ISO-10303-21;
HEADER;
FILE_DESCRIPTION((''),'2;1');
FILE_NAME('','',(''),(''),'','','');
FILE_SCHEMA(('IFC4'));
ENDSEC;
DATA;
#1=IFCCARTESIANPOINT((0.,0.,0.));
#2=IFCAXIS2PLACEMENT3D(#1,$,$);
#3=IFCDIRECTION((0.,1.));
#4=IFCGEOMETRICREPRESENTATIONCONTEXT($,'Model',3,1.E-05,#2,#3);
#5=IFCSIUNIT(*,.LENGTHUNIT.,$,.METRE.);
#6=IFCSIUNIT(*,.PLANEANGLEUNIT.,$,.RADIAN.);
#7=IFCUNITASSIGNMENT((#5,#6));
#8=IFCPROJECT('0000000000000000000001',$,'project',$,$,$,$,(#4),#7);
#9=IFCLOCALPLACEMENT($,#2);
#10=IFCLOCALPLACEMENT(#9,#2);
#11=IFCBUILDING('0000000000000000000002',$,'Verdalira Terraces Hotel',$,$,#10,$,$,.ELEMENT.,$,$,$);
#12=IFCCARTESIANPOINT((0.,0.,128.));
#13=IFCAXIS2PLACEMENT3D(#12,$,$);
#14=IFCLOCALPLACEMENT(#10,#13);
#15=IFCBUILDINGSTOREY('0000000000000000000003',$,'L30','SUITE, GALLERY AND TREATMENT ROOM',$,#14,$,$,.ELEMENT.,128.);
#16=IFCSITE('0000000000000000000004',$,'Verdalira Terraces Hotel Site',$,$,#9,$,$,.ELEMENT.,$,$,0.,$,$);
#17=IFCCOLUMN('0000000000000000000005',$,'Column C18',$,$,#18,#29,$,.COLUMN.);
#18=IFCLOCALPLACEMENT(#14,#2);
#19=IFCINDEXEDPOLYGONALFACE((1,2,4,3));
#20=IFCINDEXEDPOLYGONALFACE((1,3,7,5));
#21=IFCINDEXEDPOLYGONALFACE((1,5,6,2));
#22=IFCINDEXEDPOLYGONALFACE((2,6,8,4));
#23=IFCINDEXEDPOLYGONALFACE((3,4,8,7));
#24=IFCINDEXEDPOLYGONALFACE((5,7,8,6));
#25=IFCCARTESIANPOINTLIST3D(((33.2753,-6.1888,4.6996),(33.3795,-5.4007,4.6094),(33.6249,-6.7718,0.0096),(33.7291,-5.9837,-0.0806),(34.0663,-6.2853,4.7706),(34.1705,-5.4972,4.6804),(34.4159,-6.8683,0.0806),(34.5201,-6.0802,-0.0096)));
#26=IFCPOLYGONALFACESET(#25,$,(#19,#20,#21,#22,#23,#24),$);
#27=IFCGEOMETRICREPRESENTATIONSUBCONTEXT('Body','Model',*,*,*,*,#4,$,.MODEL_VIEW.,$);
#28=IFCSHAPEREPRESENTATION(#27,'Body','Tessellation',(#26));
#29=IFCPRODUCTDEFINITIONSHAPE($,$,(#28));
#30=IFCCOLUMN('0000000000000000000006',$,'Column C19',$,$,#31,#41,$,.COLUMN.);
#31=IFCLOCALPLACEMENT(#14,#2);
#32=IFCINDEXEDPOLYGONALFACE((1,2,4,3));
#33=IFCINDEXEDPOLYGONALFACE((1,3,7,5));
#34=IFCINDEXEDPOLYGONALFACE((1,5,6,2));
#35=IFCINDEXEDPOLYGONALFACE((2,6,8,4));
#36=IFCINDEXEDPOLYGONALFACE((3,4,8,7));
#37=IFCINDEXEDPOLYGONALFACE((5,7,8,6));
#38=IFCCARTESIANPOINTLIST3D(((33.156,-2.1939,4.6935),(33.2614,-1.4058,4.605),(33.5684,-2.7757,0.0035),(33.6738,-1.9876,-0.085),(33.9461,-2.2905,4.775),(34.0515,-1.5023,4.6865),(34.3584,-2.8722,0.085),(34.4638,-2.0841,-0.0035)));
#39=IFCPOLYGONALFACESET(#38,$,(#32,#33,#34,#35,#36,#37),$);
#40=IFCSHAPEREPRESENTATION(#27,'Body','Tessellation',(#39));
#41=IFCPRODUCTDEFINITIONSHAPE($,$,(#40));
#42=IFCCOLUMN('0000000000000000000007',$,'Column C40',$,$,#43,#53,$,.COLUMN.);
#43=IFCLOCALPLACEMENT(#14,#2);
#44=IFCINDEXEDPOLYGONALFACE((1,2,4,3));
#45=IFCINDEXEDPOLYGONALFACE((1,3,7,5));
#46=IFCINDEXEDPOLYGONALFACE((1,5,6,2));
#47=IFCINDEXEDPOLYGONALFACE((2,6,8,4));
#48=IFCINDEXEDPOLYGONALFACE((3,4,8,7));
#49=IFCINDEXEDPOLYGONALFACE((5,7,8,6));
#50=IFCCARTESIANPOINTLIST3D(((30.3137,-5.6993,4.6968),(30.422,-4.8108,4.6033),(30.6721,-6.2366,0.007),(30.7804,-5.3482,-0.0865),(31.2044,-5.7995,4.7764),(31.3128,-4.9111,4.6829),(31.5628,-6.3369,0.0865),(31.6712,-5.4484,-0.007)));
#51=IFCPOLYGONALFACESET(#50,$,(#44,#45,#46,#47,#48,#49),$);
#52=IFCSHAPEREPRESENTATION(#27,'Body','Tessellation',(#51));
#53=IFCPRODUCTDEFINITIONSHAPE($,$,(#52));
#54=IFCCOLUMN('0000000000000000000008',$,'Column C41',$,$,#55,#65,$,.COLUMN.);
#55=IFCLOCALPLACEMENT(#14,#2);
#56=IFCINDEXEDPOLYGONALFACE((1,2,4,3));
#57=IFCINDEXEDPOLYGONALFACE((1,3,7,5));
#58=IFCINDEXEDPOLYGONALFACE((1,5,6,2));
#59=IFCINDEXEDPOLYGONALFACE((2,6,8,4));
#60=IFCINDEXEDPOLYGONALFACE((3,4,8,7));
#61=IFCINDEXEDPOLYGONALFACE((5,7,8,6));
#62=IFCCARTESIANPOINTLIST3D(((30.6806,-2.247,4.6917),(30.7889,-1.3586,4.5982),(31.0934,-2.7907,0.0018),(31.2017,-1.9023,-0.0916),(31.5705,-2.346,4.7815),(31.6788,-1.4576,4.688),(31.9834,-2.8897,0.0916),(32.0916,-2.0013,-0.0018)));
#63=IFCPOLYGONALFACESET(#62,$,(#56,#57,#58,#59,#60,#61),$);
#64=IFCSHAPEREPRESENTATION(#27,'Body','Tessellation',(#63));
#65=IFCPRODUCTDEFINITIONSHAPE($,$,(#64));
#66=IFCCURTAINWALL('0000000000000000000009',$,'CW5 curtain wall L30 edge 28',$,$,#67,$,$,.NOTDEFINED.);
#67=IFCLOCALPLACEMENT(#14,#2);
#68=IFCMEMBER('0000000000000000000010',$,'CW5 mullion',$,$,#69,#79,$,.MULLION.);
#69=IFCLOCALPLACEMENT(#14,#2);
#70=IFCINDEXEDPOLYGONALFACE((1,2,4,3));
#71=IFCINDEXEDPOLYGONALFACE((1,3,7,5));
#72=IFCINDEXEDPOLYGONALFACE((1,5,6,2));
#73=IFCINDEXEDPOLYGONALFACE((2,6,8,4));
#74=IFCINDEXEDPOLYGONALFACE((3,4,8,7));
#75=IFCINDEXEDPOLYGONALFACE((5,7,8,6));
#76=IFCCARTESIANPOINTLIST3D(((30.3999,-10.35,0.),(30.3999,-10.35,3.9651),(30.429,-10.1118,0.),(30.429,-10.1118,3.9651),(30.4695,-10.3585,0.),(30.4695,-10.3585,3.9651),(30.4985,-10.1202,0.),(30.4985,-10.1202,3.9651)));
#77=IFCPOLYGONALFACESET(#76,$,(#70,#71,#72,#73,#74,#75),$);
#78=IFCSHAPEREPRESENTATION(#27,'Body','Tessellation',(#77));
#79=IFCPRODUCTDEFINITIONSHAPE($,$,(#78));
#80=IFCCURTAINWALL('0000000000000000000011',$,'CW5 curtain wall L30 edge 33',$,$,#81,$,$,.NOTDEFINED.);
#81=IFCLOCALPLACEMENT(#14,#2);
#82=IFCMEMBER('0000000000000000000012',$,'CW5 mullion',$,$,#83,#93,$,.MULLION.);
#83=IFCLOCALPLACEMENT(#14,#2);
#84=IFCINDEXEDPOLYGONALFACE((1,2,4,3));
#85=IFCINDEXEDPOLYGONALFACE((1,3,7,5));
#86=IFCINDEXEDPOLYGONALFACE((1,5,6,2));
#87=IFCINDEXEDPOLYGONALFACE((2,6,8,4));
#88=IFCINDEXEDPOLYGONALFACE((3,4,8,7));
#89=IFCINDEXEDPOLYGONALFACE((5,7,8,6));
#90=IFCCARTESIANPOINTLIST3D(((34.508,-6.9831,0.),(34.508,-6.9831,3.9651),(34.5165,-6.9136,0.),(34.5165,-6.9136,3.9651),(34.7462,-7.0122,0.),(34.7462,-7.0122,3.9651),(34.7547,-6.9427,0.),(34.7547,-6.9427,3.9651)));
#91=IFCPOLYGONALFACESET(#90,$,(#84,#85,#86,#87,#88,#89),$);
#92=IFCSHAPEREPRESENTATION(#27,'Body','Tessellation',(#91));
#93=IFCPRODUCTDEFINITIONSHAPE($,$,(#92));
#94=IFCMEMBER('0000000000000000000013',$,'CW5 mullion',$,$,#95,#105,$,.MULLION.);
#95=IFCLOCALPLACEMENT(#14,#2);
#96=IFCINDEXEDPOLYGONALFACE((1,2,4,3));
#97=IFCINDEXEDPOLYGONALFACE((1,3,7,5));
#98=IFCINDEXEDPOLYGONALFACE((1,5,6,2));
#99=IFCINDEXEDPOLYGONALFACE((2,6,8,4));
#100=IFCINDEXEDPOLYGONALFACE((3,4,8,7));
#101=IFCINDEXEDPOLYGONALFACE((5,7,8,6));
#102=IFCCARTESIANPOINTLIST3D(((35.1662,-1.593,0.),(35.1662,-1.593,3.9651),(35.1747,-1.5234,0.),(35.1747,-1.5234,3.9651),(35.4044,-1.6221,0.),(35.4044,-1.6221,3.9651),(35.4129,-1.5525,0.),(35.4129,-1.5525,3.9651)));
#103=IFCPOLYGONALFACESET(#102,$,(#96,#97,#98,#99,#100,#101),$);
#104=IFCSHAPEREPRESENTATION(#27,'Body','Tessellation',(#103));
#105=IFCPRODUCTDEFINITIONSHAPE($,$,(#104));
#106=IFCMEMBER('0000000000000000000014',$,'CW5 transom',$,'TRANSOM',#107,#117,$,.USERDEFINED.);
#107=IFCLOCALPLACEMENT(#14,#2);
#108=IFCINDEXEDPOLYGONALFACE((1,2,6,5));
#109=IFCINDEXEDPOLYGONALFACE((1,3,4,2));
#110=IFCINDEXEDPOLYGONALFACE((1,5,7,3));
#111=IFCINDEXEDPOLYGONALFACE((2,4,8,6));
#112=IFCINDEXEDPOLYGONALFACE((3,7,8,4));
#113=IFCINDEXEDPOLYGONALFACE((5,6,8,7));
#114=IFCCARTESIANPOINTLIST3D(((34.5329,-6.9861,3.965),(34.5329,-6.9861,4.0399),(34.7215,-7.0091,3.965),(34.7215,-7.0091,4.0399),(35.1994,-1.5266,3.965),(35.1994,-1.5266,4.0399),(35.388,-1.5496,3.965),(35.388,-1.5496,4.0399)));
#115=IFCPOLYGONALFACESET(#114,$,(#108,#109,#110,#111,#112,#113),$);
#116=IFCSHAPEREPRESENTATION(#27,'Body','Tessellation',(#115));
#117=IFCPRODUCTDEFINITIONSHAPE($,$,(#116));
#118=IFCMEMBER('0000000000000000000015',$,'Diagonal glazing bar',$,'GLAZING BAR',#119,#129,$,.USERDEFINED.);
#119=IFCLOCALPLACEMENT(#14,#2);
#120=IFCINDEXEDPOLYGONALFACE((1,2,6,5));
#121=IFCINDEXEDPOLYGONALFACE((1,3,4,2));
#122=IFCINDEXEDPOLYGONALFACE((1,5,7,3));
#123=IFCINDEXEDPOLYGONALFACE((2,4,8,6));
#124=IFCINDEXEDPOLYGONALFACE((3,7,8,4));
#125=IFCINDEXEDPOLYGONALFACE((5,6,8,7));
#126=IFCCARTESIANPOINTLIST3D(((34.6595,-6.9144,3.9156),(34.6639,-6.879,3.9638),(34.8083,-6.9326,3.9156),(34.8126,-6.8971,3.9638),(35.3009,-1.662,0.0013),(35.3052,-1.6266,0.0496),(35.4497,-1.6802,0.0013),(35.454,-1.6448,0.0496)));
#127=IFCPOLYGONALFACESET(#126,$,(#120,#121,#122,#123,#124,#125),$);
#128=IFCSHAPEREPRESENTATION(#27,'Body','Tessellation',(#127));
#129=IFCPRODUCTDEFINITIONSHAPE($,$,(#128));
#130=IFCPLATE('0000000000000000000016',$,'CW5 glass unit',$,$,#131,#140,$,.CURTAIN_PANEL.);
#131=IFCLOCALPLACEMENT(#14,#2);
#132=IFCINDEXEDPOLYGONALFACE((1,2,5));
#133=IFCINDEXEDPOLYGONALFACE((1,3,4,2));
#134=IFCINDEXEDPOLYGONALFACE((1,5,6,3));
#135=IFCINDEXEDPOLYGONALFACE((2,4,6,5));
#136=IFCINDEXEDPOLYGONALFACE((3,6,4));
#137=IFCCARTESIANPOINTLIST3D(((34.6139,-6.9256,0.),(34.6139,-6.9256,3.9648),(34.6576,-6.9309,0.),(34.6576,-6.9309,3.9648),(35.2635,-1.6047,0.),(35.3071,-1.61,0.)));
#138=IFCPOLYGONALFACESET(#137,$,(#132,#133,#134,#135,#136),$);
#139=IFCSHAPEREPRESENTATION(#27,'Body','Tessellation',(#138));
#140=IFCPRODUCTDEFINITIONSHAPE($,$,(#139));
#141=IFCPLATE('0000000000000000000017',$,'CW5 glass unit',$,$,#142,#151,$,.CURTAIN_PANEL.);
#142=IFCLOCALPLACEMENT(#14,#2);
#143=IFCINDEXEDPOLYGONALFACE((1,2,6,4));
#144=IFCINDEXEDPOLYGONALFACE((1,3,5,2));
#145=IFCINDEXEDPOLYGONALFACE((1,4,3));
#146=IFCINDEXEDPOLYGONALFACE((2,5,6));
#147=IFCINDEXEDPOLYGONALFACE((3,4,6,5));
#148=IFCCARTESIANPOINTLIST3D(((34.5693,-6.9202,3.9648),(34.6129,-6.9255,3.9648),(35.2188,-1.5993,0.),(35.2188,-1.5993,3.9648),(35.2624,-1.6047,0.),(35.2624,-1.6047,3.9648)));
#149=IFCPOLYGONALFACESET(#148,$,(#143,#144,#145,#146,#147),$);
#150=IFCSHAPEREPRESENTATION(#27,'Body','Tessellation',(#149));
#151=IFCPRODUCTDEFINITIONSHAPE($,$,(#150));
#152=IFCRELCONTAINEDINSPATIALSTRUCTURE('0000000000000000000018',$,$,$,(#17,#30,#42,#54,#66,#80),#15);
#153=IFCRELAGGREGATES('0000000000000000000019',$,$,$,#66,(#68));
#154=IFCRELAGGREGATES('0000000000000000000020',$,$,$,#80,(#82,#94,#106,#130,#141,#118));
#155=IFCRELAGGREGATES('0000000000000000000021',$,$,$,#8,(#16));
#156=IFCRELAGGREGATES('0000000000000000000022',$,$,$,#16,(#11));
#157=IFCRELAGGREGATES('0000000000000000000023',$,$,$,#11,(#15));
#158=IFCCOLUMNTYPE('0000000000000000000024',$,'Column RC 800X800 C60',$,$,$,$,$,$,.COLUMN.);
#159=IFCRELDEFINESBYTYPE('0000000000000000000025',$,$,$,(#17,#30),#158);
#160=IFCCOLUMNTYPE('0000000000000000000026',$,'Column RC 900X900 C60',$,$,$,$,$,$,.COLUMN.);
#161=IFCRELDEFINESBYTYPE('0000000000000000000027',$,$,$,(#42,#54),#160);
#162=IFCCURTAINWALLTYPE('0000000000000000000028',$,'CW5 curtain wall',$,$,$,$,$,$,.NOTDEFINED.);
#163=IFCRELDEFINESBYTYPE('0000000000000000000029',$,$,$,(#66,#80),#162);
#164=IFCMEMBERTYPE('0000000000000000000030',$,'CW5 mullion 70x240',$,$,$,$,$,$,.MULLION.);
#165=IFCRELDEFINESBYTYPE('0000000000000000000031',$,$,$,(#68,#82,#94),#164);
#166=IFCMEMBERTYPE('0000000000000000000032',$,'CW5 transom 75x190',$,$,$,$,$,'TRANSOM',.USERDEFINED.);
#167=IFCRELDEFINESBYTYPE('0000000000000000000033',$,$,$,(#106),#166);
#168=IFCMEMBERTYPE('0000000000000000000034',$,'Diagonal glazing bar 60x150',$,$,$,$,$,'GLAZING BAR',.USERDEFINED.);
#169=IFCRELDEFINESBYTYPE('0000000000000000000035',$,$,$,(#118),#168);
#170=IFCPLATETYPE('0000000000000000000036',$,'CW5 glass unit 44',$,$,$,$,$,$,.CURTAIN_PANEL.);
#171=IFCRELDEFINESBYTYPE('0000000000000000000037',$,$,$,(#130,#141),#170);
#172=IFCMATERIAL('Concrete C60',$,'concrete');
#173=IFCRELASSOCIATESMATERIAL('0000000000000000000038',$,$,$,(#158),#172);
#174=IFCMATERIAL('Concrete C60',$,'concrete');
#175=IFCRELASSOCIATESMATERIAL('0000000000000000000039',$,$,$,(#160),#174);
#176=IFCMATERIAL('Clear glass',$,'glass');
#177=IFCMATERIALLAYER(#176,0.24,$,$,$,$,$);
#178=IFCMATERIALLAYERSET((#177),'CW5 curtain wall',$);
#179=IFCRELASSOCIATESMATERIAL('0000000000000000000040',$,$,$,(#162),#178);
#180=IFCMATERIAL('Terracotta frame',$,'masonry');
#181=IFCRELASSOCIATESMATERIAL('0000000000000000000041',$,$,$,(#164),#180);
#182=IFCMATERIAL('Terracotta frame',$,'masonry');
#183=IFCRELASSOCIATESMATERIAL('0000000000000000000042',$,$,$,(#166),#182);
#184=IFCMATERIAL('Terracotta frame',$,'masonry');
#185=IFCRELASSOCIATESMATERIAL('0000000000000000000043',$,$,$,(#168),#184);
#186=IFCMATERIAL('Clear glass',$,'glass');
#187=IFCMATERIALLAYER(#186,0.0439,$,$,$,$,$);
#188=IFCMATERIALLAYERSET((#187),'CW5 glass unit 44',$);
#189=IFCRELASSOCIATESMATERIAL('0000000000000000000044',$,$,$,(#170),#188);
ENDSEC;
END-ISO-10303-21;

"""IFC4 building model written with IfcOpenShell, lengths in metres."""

from ifc_helpers import new_model, si_unit, direction, frame, origin, origin_2d, place, context, subcontext, project, spatial, polyline, rectangle, outline, extrude, material, layer, layer_set, material_profile, profile_set, type_object, element, aggregate, save


model = new_model("IFC4")

# Units and contexts
model_context = context("Model", 3, precision=1e-05, world=origin(), true_north=direction((0.0, 1.0)))
body_context = subcontext(model_context, "Body", "Model", "MODEL_VIEW")
ifc_project = project(units=[si_unit("LENGTHUNIT", "METRE"), si_unit("PLANEANGLEUNIT", "RADIAN")], contexts=[model_context])

# Site, building, storey
site_placement = place(None, origin())
site = spatial("IfcSite", under=ifc_project, at=site_placement, Name="Verdalira Terraces Hotel Site", CompositionType="ELEMENT", RefElevation=0.0)
building_placement = place(site_placement, origin())
building = spatial("IfcBuilding", under=site, at=building_placement, Name="Verdalira Terraces Hotel", CompositionType="ELEMENT")
storey_placement = place(building_placement, frame((0.0, 0.0, 128.0)))
storey = spatial("IfcBuildingStorey", under=building, at=storey_placement, Name="L30", Description="SUITE, GALLERY AND TREATMENT ROOM", CompositionType="ELEMENT", Elevation=128.0)

# Columns
ifc_material_1 = material(Name="Concrete C60", Category="concrete")
ifc_material_profile_1 = material_profile(ifc_material_1, rectangle(XDim=0.8, YDim=0.8, at=origin_2d()), Name="RC 800X800")
ifc_profile_set_1 = profile_set([ifc_material_profile_1], Name="Concrete C60")
column_type_1 = type_object("IfcColumnType", Name="Column RC 800X800 C60", PredefinedType="COLUMN", material=ifc_profile_set_1)
column_1_placement = place(storey_placement, frame((34.0725, -6.426, 0.0), z_axis=(-0.073774, 0.123025, 0.989658), x_axis=(0.130249, 0.98505, -0.112743)))
element("IfcColumn", 1, at=column_1_placement, inside=storey, type_object=column_type_1, Name="Column C18", PredefinedType="COLUMN", context=body_context, shape_type="SweptSolid", body=[
    extrude(rectangle(XDim=0.8, YDim=0.8, at=origin_2d()), origin(), (0.0, 0.0, 1.0), 4.739),
])
column_2_placement = place(storey_placement, frame((34.0161, -2.4299, 0.0), z_axis=(-0.086924, 0.12264, 0.988637), x_axis=(0.131739, 0.985093, -0.110618)))
element("IfcColumn", 2, at=column_2_placement, inside=storey, type_object=column_type_1, Name="Column C19", PredefinedType="COLUMN", context=body_context, shape_type="SweptSolid", body=[
    extrude(rectangle(XDim=0.8, YDim=0.8, at=origin_2d()), origin(), (0.0, 0.0, 1.0), 4.7439),
])
ifc_material_2 = material(Name="Concrete C60", Category="concrete")
ifc_material_profile_2 = material_profile(ifc_material_2, rectangle(XDim=0.8999, YDim=0.8999, at=origin_2d()), Name="RC 900X900")
ifc_profile_set_2 = profile_set([ifc_material_profile_2], Name="Concrete C60")
column_type_2 = type_object("IfcColumnType", Name="Column RC 900X900 C60", PredefinedType="COLUMN", material=ifc_profile_set_2)
column_3_placement = place(storey_placement, frame((31.1716, -5.8425, 0.0), z_axis=(-0.075704, 0.113504, 0.990649), x_axis=(0.989836, -0.111395, 0.088405)))
element("IfcColumn", 3, at=column_3_placement, inside=storey, type_object=column_type_2, Name="Column C40", PredefinedType="COLUMN", context=body_context, shape_type="SweptSolid", body=[
    extrude(rectangle(XDim=0.8999, YDim=0.8999, at=origin_2d()), origin(), (0.0, 0.0, 1.0), 4.7341),
])
column_4_placement = place(storey_placement, frame((31.5925, -2.396, 0.0), z_axis=(-0.087109, 0.11472, 0.989571), x_axis=(0.988909, -0.109993, 0.099802)))
element("IfcColumn", 4, at=column_4_placement, inside=storey, type_object=column_type_2, Name="Column C41", PredefinedType="COLUMN", context=body_context, shape_type="SweptSolid", body=[
    extrude(rectangle(XDim=0.8999, YDim=0.8999, at=origin_2d()), origin(), (0.0, 0.0, 1.0), 4.7393),
])

# Curtain wall, member
ifc_material_3 = material(Name="Clear glass", Category="glass")
ifc_layer_1 = layer(ifc_material_3, 0.24)
ifc_layer_set_1 = layer_set([ifc_layer_1], Name="CW5 curtain wall")
curtain_wall_type = type_object("IfcCurtainWallType", Name="CW5 curtain wall", PredefinedType="NOTDEFINED", material=ifc_layer_set_1)
curtain_wall_1_placement = place(storey_placement, origin())
curtain_wall_1 = element("IfcCurtainWall", 5, at=curtain_wall_1_placement, inside=storey, type_object=curtain_wall_type, Name="CW5 curtain wall L30 edge 28", PredefinedType="NOTDEFINED")
ifc_material_4 = material(Name="Terracotta frame", Category="masonry")
ifc_material_profile_3 = material_profile(ifc_material_4, rectangle(XDim=0.0701, YDim=0.24, at=origin_2d()), Name="MU 70x240")
ifc_profile_set_3 = profile_set([ifc_material_profile_3], Name="Terracotta frame")
member_type_1 = type_object("IfcMemberType", Name="CW5 mullion 70x240", PredefinedType="MULLION", material=ifc_profile_set_3)
member_1_placement = place(storey_placement, frame((30.4492, -10.2351, 0.0), z_axis=(0.0, 0.0, 1.0), x_axis=(0.992631, -0.121176, 0.0)))
member_1 = element("IfcMember", 6, at=member_1_placement, type_object=member_type_1, Name="CW5 mullion", PredefinedType="MULLION", context=body_context, shape_type="SweptSolid", body=[
    extrude(rectangle(XDim=0.0701, YDim=0.24, at=origin_2d()), origin(), (0.0, 0.0, 1.0), 3.9651),
])
aggregate(curtain_wall_1, [member_1])

# Curtain wall, members, plates
curtain_wall_2_placement = place(storey_placement, origin())
curtain_wall_2 = element("IfcCurtainWall", 7, at=curtain_wall_2_placement, inside=storey, type_object=curtain_wall_type, Name="CW5 curtain wall L30 edge 33", PredefinedType="NOTDEFINED")
member_2_placement = place(storey_placement, frame((34.6313, -6.9629, 0.0), z_axis=(0.0, 0.0, 1.0), x_axis=(0.121176, 0.992631, 0.0)))
member_2 = element("IfcMember", 8, at=member_2_placement, type_object=member_type_1, Name="CW5 mullion", PredefinedType="MULLION", context=body_context, shape_type="SweptSolid", body=[
    extrude(rectangle(XDim=0.0701, YDim=0.24, at=origin_2d()), origin(), (0.0, 0.0, 1.0), 3.9651),
])
member_3_placement = place(storey_placement, frame((35.2896, -1.5728, 0.0), z_axis=(0.0, 0.0, 1.0), x_axis=(0.121176, 0.992631, 0.0)))
member_3 = element("IfcMember", 9, at=member_3_placement, type_object=member_type_1, Name="CW5 mullion", PredefinedType="MULLION", context=body_context, shape_type="SweptSolid", body=[
    extrude(rectangle(XDim=0.0701, YDim=0.24, at=origin_2d()), origin(), (0.0, 0.0, 1.0), 3.9651),
])
ifc_material_5 = material(Name="Terracotta frame", Category="masonry")
ifc_material_profile_4 = material_profile(ifc_material_5, rectangle(XDim=0.1899, YDim=0.075, at=origin_2d()), Name="TR 75x190")
ifc_profile_set_4 = profile_set([ifc_material_profile_4], Name="Terracotta frame")
member_type_2 = type_object("IfcMemberType", Name="CW5 transom 75x190", ElementType="TRANSOM", PredefinedType="USERDEFINED", material=ifc_profile_set_4)
member_4_placement = place(storey_placement, frame((34.6272, -6.9976, 4.0024), z_axis=(0.121182, 0.99263, 0.0), x_axis=(-0.99263, 0.121182, 0.0)))
member_4 = element("IfcMember", 10, at=member_4_placement, type_object=member_type_2, Name="CW5 transom", ObjectType="TRANSOM", PredefinedType="USERDEFINED", context=body_context, shape_type="SweptSolid", body=[
    extrude(rectangle(XDim=0.1899, YDim=0.075, at=origin_2d()), origin(), (0.0, 0.0, 1.0), 5.5),
])
ifc_material_6 = material(Name="Terracotta frame", Category="masonry")
ifc_material_profile_5 = material_profile(ifc_material_6, rectangle(XDim=0.1499, YDim=0.0601, at=origin_2d()), Name="GB 60x150")
ifc_profile_set_5 = profile_set([ifc_material_profile_5], Name="Terracotta frame")
member_type_3 = type_object("IfcMemberType", Name="Diagonal glazing bar 60x150", ElementType="GLAZING BAR", PredefinedType="USERDEFINED", material=ifc_profile_set_5)
member_5_placement = place(storey_placement, frame((34.7361, -6.9058, 3.9397), z_axis=(0.097443, 0.798014, -0.594709), x_axis=(-0.992627, 0.121206, 0.0)))
member_5 = element("IfcMember", 11, at=member_5_placement, type_object=member_type_3, Name="Diagonal glazing bar", ObjectType="GLAZING BAR", PredefinedType="USERDEFINED", context=body_context, shape_type="SweptSolid", body=[
    extrude(rectangle(XDim=0.1499, YDim=0.0601, at=origin_2d()), origin(), (0.0, 0.0, 1.0), 6.5818),
])
ifc_material_7 = material(Name="Clear glass", Category="glass")
ifc_layer_2 = layer(ifc_material_7, 0.0439)
ifc_layer_set_2 = layer_set([ifc_layer_2], Name="CW5 glass unit 44")
plate_type = type_object("IfcPlateType", Name="CW5 glass unit 44", PredefinedType="CURTAIN_PANEL", material=ifc_layer_set_2)
plate_1_placement = place(storey_placement, frame((34.9387, -4.2651, 1.9824), z_axis=(0.992631, -0.121176, 0.0), x_axis=(0.121176, 0.992631, 0.0)))
plate_1 = element("IfcPlate", 12, at=plate_1_placement, type_object=plate_type, Name="CW5 glass unit", PredefinedType="CURTAIN_PANEL", context=body_context, shape_type="SweptSolid", body=[
    extrude(outline(polyline([(-2.6802, -1.9824), (2.6802, -1.9824), (-2.6802, 1.9824), (-2.6802, -1.9824)])), origin(), (0.0, 0.0, 1.0), 0.0439),
])
plate_2_placement = place(storey_placement, frame((34.894, -4.2598, 1.9824), z_axis=(0.992631, -0.121176, 0.0), x_axis=(0.121176, 0.992631, 0.0)))
plate_2 = element("IfcPlate", 13, at=plate_2_placement, type_object=plate_type, Name="CW5 glass unit", PredefinedType="CURTAIN_PANEL", context=body_context, shape_type="SweptSolid", body=[
    extrude(outline(polyline([(2.6802, -1.9824), (2.6802, 1.9824), (-2.6802, 1.9824), (2.6802, -1.9824)])), origin(), (0.0, 0.0, 1.0), 0.0439),
])
aggregate(curtain_wall_2, [member_2, member_3, member_4, plate_1, plate_2, member_5])

save(model, "model.ifc")
